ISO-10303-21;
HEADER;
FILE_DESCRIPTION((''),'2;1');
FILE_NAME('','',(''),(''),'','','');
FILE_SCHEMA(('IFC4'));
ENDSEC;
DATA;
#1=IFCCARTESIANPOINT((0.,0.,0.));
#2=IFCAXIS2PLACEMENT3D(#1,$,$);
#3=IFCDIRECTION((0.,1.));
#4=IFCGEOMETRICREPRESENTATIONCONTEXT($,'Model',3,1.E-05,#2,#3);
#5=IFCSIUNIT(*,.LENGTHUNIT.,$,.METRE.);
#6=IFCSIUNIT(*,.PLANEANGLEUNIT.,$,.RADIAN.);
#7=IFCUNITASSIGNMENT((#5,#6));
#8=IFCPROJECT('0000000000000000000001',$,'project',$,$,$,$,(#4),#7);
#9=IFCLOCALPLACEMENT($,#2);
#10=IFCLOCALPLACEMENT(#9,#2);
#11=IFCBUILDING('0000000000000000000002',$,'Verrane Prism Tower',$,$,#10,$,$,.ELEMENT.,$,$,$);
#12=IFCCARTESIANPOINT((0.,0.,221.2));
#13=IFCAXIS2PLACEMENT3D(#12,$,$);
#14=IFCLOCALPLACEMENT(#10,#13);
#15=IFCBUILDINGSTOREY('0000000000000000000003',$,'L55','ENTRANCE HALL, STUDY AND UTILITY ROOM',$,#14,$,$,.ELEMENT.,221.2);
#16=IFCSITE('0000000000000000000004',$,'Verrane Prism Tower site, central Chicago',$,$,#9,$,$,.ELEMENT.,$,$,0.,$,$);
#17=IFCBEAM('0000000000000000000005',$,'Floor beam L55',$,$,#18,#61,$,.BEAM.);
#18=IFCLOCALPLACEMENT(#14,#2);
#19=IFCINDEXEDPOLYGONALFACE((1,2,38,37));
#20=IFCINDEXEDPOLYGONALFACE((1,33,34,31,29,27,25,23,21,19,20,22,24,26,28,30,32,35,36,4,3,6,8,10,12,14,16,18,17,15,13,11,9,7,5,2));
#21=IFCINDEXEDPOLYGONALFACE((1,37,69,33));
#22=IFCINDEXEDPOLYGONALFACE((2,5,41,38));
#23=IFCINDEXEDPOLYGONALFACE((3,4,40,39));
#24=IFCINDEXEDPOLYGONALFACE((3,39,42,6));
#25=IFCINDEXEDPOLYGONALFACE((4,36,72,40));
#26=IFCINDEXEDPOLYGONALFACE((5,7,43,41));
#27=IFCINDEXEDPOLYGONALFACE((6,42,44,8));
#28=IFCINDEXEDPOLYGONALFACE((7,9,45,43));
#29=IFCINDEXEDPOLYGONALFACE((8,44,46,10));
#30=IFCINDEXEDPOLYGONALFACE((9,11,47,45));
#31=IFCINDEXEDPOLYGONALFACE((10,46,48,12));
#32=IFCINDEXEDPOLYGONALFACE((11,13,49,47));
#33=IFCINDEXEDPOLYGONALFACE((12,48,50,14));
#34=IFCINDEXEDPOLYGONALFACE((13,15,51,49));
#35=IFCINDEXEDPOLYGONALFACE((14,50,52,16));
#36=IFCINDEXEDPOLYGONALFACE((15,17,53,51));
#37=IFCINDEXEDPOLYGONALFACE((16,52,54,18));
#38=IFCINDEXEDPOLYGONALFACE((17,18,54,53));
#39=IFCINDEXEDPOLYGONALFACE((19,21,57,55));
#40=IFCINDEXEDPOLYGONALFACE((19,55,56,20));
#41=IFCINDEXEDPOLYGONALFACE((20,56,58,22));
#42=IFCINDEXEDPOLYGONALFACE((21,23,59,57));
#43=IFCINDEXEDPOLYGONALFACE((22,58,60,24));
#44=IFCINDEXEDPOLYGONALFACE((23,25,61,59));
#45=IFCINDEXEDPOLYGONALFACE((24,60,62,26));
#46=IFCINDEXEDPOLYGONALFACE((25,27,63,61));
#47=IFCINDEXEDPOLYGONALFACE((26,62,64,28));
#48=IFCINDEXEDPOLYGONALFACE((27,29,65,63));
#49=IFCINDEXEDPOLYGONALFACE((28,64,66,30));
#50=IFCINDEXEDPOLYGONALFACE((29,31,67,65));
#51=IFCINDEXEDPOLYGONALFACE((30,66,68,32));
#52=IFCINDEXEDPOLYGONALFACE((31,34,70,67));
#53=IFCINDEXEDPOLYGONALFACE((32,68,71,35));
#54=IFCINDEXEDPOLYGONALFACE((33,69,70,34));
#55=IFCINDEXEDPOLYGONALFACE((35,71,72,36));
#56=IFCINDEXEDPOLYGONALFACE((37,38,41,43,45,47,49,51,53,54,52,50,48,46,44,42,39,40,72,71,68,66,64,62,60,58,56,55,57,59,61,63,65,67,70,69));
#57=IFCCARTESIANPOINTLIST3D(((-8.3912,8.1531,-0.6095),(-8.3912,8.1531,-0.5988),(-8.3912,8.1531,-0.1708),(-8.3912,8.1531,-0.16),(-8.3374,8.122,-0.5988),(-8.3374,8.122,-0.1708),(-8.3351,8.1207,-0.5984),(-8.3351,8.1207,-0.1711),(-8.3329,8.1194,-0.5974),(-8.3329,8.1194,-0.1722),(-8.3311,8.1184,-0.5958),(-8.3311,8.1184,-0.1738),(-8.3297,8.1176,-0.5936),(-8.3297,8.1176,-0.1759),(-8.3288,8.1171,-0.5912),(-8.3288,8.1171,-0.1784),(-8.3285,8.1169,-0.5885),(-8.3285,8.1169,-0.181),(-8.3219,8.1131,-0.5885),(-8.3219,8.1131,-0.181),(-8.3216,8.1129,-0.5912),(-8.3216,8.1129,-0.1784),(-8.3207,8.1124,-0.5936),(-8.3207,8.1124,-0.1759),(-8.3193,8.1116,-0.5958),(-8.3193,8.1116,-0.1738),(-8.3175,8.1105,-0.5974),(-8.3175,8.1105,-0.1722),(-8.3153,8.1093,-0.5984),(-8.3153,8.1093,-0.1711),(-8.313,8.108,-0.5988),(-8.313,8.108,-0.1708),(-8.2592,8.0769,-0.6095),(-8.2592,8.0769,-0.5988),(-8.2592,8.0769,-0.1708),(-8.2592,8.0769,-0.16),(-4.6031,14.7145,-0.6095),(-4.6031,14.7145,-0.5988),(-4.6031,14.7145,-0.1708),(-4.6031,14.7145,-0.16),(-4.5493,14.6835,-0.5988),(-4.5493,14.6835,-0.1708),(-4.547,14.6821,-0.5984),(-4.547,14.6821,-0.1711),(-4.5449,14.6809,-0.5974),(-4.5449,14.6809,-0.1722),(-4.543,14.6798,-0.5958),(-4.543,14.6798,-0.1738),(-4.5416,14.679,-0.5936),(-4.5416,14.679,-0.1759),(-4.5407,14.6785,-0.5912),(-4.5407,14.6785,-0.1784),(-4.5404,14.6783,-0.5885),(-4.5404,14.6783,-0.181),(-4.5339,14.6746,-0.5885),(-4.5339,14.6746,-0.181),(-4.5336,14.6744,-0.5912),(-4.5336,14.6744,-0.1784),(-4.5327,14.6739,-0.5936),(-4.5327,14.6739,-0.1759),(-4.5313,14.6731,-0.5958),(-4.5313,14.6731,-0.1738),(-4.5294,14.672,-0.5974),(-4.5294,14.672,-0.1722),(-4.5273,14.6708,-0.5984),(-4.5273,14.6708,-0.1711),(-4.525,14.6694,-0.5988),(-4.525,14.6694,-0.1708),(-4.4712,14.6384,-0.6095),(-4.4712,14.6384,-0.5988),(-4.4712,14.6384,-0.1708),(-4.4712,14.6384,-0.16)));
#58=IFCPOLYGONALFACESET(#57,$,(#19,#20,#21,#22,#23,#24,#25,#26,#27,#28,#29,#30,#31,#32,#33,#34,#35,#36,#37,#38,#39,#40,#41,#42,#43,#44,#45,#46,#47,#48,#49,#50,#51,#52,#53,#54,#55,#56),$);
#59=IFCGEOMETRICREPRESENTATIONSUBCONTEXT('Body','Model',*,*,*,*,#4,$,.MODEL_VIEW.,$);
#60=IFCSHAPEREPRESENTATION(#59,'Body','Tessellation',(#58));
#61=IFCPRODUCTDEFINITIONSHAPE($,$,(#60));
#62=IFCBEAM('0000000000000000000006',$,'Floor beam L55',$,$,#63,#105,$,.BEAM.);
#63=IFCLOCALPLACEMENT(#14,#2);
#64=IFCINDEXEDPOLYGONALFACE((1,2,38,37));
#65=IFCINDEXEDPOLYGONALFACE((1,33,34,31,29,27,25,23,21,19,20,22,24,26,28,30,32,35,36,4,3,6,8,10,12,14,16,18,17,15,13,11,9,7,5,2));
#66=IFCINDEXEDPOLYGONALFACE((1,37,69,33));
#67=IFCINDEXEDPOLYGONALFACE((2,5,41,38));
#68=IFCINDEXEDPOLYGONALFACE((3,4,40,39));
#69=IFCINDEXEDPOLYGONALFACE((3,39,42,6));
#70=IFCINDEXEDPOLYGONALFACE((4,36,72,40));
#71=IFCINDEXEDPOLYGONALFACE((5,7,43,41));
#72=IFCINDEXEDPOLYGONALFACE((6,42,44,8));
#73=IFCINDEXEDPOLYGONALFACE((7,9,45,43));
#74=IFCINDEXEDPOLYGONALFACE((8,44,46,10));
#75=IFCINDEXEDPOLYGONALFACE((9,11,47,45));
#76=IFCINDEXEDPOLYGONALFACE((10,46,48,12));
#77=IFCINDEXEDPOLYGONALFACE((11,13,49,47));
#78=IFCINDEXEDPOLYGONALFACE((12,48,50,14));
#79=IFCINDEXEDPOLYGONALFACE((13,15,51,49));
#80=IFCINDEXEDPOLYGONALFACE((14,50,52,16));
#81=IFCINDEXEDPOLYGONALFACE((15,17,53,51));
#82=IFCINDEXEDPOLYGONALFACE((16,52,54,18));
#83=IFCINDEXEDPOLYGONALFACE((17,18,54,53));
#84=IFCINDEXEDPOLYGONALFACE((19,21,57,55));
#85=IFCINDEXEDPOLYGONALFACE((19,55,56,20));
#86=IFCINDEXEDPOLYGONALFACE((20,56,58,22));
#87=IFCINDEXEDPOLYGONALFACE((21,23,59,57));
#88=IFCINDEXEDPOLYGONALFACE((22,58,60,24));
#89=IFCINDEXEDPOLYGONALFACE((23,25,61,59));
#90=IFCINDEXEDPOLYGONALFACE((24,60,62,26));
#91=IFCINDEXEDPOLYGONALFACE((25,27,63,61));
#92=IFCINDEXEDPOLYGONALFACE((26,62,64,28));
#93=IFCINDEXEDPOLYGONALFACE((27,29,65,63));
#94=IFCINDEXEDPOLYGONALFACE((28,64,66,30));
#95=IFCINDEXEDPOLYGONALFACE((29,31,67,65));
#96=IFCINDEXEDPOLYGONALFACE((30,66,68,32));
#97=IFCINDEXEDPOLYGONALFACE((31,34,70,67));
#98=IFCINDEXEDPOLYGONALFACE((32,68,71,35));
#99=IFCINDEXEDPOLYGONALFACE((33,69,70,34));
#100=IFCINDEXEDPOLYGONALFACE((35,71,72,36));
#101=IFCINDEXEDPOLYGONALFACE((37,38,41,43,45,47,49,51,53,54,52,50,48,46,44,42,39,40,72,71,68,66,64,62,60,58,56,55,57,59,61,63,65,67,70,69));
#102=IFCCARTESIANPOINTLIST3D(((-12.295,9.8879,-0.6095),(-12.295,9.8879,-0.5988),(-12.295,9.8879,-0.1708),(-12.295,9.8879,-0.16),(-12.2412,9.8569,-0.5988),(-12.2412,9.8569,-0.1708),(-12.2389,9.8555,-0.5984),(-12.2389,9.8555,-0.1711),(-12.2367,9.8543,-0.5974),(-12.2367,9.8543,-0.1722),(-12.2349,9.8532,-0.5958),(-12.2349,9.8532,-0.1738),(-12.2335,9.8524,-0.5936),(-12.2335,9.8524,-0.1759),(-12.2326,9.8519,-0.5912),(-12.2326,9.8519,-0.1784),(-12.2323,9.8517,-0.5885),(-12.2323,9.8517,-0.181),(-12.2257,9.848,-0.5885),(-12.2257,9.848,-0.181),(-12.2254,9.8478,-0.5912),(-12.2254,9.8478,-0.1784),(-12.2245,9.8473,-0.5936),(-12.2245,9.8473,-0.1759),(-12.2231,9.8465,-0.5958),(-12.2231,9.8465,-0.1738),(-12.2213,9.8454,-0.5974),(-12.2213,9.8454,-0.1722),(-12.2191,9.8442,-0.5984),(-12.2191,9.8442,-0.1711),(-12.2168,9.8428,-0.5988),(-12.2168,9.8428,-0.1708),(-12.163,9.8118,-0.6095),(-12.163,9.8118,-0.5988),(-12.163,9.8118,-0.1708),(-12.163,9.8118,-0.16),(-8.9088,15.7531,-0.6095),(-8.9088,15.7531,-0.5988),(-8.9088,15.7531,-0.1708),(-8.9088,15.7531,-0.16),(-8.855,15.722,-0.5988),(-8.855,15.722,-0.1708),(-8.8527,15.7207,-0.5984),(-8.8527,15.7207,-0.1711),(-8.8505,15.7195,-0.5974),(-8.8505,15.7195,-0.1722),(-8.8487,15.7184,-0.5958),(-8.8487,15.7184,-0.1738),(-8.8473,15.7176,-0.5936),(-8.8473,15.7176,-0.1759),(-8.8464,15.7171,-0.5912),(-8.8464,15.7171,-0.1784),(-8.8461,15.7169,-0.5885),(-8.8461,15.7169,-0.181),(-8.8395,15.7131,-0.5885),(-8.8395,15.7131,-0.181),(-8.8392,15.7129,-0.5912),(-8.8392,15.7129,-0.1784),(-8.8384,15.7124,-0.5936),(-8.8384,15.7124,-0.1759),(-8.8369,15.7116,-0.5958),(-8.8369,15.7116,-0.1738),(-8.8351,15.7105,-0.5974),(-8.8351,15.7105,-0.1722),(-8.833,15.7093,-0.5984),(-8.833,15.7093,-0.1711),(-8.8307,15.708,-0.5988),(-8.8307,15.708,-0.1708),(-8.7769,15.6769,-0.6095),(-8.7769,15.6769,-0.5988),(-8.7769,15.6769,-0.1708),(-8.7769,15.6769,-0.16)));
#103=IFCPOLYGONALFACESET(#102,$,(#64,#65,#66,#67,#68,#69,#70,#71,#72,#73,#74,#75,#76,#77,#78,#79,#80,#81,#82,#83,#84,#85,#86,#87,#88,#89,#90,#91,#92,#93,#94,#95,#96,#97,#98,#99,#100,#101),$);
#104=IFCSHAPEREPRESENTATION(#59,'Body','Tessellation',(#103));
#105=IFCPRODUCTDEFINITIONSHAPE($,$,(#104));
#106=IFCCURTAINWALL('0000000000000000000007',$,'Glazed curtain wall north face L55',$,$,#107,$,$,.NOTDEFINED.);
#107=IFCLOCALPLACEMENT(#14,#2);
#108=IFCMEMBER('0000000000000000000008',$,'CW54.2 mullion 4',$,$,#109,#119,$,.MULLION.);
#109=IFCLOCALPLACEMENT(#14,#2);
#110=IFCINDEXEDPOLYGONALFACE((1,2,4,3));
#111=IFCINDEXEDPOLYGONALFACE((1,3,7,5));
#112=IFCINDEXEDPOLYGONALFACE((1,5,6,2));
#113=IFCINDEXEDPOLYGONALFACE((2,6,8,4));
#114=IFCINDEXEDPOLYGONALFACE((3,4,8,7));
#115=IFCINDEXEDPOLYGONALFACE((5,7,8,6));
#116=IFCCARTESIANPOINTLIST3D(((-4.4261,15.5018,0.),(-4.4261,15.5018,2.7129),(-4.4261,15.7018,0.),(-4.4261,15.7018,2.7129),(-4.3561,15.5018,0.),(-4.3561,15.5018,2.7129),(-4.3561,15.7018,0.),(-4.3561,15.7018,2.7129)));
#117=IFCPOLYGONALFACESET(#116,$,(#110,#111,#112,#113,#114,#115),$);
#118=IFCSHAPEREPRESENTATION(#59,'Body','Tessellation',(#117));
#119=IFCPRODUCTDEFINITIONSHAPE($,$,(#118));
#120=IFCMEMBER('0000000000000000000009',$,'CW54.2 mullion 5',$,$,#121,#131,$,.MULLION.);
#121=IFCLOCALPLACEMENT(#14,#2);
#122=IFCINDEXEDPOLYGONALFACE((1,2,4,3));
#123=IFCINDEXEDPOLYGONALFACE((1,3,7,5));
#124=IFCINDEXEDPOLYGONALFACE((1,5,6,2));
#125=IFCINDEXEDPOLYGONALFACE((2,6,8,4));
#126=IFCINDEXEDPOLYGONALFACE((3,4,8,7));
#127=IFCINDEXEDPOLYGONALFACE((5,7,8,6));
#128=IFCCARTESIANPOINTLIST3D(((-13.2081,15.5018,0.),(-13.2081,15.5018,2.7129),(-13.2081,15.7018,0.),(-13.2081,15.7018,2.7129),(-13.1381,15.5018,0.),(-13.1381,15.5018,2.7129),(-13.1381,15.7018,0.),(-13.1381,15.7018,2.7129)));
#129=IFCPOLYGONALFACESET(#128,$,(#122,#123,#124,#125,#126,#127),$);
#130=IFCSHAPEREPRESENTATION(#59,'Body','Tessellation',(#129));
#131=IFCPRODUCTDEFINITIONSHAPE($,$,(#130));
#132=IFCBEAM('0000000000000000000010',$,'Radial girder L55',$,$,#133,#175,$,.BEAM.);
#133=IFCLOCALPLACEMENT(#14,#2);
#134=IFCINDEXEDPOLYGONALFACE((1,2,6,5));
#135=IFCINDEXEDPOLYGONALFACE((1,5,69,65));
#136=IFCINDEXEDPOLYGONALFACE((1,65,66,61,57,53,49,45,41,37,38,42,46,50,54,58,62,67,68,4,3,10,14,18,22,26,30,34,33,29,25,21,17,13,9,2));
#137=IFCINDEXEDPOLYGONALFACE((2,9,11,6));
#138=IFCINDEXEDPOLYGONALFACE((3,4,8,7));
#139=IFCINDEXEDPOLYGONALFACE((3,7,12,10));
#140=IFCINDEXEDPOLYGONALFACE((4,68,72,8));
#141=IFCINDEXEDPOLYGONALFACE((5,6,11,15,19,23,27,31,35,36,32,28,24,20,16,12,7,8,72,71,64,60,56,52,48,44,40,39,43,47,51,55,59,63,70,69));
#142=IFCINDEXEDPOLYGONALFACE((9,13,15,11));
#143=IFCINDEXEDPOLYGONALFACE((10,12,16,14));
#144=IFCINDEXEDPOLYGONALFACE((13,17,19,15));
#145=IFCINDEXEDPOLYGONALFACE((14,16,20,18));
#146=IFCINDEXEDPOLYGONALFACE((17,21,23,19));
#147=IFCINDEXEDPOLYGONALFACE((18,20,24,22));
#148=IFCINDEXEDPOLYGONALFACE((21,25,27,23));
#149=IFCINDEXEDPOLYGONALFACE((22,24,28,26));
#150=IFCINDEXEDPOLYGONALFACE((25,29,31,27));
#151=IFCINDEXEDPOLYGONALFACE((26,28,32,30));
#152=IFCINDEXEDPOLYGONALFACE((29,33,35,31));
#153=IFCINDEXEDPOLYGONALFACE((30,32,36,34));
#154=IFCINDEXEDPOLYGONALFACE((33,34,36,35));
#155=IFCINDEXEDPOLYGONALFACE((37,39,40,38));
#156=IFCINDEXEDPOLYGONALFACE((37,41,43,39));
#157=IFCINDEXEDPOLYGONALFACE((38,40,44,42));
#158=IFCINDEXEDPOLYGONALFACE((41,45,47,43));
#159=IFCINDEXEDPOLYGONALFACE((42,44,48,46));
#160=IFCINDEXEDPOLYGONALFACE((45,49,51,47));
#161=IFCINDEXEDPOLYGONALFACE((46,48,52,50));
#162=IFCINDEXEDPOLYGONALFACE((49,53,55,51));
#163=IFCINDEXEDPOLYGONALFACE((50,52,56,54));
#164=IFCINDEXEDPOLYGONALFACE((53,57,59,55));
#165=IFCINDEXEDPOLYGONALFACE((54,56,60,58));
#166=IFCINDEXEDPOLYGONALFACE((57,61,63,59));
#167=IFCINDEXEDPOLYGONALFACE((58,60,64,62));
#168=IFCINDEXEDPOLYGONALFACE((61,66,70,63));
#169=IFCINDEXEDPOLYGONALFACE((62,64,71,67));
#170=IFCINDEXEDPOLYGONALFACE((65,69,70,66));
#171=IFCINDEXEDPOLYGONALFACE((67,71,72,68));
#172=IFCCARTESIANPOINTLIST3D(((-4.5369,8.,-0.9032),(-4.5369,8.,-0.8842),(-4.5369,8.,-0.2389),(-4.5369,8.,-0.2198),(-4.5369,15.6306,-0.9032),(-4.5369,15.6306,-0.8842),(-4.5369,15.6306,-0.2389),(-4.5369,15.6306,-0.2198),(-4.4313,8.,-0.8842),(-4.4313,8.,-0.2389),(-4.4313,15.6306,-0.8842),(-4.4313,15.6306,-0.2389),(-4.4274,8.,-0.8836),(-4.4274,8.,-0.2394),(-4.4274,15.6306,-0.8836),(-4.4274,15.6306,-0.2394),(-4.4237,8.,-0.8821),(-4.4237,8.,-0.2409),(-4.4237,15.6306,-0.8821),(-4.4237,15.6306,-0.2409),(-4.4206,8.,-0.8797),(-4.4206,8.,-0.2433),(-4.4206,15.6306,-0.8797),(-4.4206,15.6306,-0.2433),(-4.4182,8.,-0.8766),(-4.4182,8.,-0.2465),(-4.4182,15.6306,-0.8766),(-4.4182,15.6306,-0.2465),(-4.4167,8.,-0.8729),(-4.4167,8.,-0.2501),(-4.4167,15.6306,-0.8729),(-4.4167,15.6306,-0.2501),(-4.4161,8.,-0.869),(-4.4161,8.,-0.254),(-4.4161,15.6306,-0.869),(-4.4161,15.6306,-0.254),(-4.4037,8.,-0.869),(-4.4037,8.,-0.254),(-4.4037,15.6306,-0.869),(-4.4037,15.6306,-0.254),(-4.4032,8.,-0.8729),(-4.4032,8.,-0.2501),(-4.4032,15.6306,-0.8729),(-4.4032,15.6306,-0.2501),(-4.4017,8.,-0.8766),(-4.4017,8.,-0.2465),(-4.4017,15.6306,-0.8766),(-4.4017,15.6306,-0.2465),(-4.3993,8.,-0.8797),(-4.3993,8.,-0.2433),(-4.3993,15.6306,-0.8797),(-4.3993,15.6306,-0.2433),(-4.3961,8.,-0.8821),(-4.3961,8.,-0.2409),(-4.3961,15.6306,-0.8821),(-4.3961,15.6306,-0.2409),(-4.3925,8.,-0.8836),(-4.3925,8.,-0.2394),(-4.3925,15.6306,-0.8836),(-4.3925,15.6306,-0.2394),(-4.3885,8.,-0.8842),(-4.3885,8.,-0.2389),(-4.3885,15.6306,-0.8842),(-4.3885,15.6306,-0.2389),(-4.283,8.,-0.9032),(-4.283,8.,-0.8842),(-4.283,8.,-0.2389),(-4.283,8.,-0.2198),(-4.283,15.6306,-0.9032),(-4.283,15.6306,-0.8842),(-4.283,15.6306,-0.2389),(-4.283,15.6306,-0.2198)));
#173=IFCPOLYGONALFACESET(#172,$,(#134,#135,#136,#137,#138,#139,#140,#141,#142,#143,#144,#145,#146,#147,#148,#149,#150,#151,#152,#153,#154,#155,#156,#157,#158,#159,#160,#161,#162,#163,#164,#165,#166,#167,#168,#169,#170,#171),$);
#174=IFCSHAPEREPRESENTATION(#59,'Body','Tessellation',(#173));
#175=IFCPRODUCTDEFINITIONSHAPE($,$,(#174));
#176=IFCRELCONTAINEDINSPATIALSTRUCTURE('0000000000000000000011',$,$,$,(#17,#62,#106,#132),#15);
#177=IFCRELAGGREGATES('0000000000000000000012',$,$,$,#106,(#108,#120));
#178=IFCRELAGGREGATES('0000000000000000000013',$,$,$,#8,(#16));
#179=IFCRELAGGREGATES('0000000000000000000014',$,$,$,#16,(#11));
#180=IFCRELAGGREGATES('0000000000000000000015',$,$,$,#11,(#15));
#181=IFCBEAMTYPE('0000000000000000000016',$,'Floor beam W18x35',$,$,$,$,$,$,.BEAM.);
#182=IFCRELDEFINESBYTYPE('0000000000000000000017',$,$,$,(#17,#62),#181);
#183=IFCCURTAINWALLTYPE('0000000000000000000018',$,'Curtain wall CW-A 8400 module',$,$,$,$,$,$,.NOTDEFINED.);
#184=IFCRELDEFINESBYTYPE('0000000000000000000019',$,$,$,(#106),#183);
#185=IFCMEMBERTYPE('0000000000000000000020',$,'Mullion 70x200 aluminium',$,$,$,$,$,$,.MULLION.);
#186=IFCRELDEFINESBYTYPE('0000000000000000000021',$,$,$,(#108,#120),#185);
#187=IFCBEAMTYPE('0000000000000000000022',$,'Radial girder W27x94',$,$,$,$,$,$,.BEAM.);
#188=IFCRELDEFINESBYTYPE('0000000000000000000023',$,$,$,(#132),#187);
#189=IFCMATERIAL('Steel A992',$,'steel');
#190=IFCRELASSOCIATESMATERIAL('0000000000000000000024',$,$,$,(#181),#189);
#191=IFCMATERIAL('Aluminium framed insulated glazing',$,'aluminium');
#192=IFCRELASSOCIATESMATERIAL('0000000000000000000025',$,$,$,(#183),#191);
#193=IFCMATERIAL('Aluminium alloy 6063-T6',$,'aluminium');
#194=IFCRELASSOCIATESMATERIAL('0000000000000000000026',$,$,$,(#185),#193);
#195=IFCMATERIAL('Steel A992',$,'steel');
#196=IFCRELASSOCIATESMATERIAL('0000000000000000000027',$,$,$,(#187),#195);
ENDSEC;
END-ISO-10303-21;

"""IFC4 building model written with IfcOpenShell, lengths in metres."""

from ifc_helpers import new_model, si_unit, direction, frame, origin, origin_2d, place, context, subcontext, project, spatial, rectangle, i_section, extrude, material, material_profile, profile_set, type_object, element, aggregate, save


model = new_model("IFC4")

# Units and contexts
model_context = context("Model", 3, precision=1e-05, world=origin(), true_north=direction((0.0, 1.0)))
body_context = subcontext(model_context, "Body", "Model", "MODEL_VIEW")
ifc_project = project(units=[si_unit("LENGTHUNIT", "METRE"), si_unit("PLANEANGLEUNIT", "RADIAN")], contexts=[model_context])

# Site, building, storey
site_placement = place(None, origin())
site = spatial("IfcSite", under=ifc_project, at=site_placement, Name="Verrane Prism Tower site, central Chicago", CompositionType="ELEMENT", RefElevation=0.0)
building_placement = place(site_placement, origin())
building = spatial("IfcBuilding", under=site, at=building_placement, Name="Verrane Prism Tower", CompositionType="ELEMENT")
storey_placement = place(building_placement, frame((0.0, 0.0, 221.2)))
storey = spatial("IfcBuildingStorey", under=building, at=storey_placement, Name="L55", Description="ENTRANCE HALL, STUDY AND UTILITY ROOM", CompositionType="ELEMENT", Elevation=221.2)

# Beams
ifc_material_1 = material(Name="Steel A992", Category="steel")
ifc_material_profile_1 = material_profile(ifc_material_1, i_section(OverallWidth=0.1523, OverallDepth=0.4495, WebThickness=0.0076, FlangeThickness=0.0107, FilletRadius=0.0103, at=origin_2d()), Name="W18x35")
ifc_profile_set_1 = profile_set([ifc_material_profile_1], Name="Steel A992")
beam_type_1 = type_object("IfcBeamType", Name="Floor beam W18x35", PredefinedType="BEAM", material=ifc_profile_set_1)
beam_1_placement = place(storey_placement, frame((-8.3252, 8.115, -0.3848), z_axis=(0.499979, 0.866037, 0.0), x_axis=(-0.866037, 0.499979, 0.0)))
element("IfcBeam", 1, at=beam_1_placement, inside=storey, type_object=beam_type_1, Name="Floor beam L55", PredefinedType="BEAM", context=body_context, shape_type="SweptSolid", body=[
    extrude(i_section(OverallWidth=0.1523, OverallDepth=0.4495, WebThickness=0.0076, FlangeThickness=0.0107, FilletRadius=0.0103, at=origin_2d()), origin(), (0.0, 0.0, 1.0), 7.5764),
])
beam_2_placement = place(storey_placement, frame((-12.229, 9.8499, -0.3848), z_axis=(0.499993, 0.86603, 0.0), x_axis=(-0.86603, 0.499993, 0.0)))
element("IfcBeam", 2, at=beam_2_placement, inside=storey, type_object=beam_type_1, Name="Floor beam L55", PredefinedType="BEAM", context=body_context, shape_type="SweptSolid", body=[
    extrude(i_section(OverallWidth=0.1523, OverallDepth=0.4495, WebThickness=0.0076, FlangeThickness=0.0107, FilletRadius=0.0103, at=origin_2d()), origin(), (0.0, 0.0, 1.0), 6.7725),
])

# Curtain wall, members
ifc_material_2 = material(Name="Aluminium framed insulated glazing", Category="aluminium")
curtain_wall_type = type_object("IfcCurtainWallType", Name="Curtain wall CW-A 8400 module", PredefinedType="NOTDEFINED", material=ifc_material_2)
curtain_wall_placement = place(storey_placement, origin())
curtain_wall = element("IfcCurtainWall", 3, at=curtain_wall_placement, inside=storey, type_object=curtain_wall_type, Name="Glazed curtain wall north face L55", PredefinedType="NOTDEFINED")
ifc_material_3 = material(Name="Aluminium alloy 6063-T6", Category="aluminium")
ifc_material_profile_2 = material_profile(ifc_material_3, rectangle(XDim=0.2, YDim=0.0701, at=origin_2d()), Name="Mullion 70x200 aluminium")
ifc_profile_set_2 = profile_set([ifc_material_profile_2], Name="Aluminium alloy 6063-T6")
member_type_1 = type_object("IfcMemberType", Name="Mullion 70x200 aluminium", PredefinedType="MULLION", material=ifc_profile_set_2)
member_1_placement = place(storey_placement, frame((-4.3911, 15.6018, 0.0), z_axis=(0.0, 0.0, 1.0), x_axis=(0.0, -1.0, 0.0)))
member_1 = element("IfcMember", 4, at=member_1_placement, type_object=member_type_1, Name="CW54.2 mullion 4", PredefinedType="MULLION", context=body_context, shape_type="SweptSolid", body=[
    extrude(rectangle(XDim=0.2, YDim=0.0701, at=origin_2d()), origin(), (0.0, 0.0, 1.0), 2.7129),
])
member_2_placement = place(storey_placement, frame((-13.1731, 15.6018, 0.0), z_axis=(0.0, 0.0, 1.0), x_axis=(0.0, -1.0, 0.0)))
member_2 = element("IfcMember", 5, at=member_2_placement, type_object=member_type_1, Name="CW54.2 mullion 5", PredefinedType="MULLION", context=body_context, shape_type="SweptSolid", body=[
    extrude(rectangle(XDim=0.2, YDim=0.0701, at=origin_2d()), origin(), (0.0, 0.0, 1.0), 2.7129),
])

# Beam
ifc_material_4 = material(Name="Steel A992", Category="steel")
ifc_material_profile_3 = material_profile(ifc_material_4, i_section(OverallWidth=0.2539, OverallDepth=0.6833, WebThickness=0.0125, FlangeThickness=0.019, FilletRadius=0.0151, at=origin_2d()), Name="W27x94")
ifc_profile_set_3 = profile_set([ifc_material_profile_3], Name="Steel A992")
beam_type_2 = type_object("IfcBeamType", Name="Radial girder W27x94", PredefinedType="BEAM", material=ifc_profile_set_3)
beam_3_placement = place(storey_placement, frame((-4.4099, 15.6306, -0.5615), z_axis=(0.0, -1.0, 0.0), x_axis=(1.0, 0.0, 0.0)))
element("IfcBeam", 6, at=beam_3_placement, inside=storey, type_object=beam_type_2, Name="Radial girder L55", PredefinedType="BEAM", context=body_context, shape_type="SweptSolid", body=[
    extrude(i_section(OverallWidth=0.2539, OverallDepth=0.6833, WebThickness=0.0125, FlangeThickness=0.019, FilletRadius=0.0151, at=origin_2d()), origin(), (0.0, 0.0, 1.0), 7.6306),
])

aggregate(curtain_wall, [member_1, member_2])

save(model, "model.ifc")
